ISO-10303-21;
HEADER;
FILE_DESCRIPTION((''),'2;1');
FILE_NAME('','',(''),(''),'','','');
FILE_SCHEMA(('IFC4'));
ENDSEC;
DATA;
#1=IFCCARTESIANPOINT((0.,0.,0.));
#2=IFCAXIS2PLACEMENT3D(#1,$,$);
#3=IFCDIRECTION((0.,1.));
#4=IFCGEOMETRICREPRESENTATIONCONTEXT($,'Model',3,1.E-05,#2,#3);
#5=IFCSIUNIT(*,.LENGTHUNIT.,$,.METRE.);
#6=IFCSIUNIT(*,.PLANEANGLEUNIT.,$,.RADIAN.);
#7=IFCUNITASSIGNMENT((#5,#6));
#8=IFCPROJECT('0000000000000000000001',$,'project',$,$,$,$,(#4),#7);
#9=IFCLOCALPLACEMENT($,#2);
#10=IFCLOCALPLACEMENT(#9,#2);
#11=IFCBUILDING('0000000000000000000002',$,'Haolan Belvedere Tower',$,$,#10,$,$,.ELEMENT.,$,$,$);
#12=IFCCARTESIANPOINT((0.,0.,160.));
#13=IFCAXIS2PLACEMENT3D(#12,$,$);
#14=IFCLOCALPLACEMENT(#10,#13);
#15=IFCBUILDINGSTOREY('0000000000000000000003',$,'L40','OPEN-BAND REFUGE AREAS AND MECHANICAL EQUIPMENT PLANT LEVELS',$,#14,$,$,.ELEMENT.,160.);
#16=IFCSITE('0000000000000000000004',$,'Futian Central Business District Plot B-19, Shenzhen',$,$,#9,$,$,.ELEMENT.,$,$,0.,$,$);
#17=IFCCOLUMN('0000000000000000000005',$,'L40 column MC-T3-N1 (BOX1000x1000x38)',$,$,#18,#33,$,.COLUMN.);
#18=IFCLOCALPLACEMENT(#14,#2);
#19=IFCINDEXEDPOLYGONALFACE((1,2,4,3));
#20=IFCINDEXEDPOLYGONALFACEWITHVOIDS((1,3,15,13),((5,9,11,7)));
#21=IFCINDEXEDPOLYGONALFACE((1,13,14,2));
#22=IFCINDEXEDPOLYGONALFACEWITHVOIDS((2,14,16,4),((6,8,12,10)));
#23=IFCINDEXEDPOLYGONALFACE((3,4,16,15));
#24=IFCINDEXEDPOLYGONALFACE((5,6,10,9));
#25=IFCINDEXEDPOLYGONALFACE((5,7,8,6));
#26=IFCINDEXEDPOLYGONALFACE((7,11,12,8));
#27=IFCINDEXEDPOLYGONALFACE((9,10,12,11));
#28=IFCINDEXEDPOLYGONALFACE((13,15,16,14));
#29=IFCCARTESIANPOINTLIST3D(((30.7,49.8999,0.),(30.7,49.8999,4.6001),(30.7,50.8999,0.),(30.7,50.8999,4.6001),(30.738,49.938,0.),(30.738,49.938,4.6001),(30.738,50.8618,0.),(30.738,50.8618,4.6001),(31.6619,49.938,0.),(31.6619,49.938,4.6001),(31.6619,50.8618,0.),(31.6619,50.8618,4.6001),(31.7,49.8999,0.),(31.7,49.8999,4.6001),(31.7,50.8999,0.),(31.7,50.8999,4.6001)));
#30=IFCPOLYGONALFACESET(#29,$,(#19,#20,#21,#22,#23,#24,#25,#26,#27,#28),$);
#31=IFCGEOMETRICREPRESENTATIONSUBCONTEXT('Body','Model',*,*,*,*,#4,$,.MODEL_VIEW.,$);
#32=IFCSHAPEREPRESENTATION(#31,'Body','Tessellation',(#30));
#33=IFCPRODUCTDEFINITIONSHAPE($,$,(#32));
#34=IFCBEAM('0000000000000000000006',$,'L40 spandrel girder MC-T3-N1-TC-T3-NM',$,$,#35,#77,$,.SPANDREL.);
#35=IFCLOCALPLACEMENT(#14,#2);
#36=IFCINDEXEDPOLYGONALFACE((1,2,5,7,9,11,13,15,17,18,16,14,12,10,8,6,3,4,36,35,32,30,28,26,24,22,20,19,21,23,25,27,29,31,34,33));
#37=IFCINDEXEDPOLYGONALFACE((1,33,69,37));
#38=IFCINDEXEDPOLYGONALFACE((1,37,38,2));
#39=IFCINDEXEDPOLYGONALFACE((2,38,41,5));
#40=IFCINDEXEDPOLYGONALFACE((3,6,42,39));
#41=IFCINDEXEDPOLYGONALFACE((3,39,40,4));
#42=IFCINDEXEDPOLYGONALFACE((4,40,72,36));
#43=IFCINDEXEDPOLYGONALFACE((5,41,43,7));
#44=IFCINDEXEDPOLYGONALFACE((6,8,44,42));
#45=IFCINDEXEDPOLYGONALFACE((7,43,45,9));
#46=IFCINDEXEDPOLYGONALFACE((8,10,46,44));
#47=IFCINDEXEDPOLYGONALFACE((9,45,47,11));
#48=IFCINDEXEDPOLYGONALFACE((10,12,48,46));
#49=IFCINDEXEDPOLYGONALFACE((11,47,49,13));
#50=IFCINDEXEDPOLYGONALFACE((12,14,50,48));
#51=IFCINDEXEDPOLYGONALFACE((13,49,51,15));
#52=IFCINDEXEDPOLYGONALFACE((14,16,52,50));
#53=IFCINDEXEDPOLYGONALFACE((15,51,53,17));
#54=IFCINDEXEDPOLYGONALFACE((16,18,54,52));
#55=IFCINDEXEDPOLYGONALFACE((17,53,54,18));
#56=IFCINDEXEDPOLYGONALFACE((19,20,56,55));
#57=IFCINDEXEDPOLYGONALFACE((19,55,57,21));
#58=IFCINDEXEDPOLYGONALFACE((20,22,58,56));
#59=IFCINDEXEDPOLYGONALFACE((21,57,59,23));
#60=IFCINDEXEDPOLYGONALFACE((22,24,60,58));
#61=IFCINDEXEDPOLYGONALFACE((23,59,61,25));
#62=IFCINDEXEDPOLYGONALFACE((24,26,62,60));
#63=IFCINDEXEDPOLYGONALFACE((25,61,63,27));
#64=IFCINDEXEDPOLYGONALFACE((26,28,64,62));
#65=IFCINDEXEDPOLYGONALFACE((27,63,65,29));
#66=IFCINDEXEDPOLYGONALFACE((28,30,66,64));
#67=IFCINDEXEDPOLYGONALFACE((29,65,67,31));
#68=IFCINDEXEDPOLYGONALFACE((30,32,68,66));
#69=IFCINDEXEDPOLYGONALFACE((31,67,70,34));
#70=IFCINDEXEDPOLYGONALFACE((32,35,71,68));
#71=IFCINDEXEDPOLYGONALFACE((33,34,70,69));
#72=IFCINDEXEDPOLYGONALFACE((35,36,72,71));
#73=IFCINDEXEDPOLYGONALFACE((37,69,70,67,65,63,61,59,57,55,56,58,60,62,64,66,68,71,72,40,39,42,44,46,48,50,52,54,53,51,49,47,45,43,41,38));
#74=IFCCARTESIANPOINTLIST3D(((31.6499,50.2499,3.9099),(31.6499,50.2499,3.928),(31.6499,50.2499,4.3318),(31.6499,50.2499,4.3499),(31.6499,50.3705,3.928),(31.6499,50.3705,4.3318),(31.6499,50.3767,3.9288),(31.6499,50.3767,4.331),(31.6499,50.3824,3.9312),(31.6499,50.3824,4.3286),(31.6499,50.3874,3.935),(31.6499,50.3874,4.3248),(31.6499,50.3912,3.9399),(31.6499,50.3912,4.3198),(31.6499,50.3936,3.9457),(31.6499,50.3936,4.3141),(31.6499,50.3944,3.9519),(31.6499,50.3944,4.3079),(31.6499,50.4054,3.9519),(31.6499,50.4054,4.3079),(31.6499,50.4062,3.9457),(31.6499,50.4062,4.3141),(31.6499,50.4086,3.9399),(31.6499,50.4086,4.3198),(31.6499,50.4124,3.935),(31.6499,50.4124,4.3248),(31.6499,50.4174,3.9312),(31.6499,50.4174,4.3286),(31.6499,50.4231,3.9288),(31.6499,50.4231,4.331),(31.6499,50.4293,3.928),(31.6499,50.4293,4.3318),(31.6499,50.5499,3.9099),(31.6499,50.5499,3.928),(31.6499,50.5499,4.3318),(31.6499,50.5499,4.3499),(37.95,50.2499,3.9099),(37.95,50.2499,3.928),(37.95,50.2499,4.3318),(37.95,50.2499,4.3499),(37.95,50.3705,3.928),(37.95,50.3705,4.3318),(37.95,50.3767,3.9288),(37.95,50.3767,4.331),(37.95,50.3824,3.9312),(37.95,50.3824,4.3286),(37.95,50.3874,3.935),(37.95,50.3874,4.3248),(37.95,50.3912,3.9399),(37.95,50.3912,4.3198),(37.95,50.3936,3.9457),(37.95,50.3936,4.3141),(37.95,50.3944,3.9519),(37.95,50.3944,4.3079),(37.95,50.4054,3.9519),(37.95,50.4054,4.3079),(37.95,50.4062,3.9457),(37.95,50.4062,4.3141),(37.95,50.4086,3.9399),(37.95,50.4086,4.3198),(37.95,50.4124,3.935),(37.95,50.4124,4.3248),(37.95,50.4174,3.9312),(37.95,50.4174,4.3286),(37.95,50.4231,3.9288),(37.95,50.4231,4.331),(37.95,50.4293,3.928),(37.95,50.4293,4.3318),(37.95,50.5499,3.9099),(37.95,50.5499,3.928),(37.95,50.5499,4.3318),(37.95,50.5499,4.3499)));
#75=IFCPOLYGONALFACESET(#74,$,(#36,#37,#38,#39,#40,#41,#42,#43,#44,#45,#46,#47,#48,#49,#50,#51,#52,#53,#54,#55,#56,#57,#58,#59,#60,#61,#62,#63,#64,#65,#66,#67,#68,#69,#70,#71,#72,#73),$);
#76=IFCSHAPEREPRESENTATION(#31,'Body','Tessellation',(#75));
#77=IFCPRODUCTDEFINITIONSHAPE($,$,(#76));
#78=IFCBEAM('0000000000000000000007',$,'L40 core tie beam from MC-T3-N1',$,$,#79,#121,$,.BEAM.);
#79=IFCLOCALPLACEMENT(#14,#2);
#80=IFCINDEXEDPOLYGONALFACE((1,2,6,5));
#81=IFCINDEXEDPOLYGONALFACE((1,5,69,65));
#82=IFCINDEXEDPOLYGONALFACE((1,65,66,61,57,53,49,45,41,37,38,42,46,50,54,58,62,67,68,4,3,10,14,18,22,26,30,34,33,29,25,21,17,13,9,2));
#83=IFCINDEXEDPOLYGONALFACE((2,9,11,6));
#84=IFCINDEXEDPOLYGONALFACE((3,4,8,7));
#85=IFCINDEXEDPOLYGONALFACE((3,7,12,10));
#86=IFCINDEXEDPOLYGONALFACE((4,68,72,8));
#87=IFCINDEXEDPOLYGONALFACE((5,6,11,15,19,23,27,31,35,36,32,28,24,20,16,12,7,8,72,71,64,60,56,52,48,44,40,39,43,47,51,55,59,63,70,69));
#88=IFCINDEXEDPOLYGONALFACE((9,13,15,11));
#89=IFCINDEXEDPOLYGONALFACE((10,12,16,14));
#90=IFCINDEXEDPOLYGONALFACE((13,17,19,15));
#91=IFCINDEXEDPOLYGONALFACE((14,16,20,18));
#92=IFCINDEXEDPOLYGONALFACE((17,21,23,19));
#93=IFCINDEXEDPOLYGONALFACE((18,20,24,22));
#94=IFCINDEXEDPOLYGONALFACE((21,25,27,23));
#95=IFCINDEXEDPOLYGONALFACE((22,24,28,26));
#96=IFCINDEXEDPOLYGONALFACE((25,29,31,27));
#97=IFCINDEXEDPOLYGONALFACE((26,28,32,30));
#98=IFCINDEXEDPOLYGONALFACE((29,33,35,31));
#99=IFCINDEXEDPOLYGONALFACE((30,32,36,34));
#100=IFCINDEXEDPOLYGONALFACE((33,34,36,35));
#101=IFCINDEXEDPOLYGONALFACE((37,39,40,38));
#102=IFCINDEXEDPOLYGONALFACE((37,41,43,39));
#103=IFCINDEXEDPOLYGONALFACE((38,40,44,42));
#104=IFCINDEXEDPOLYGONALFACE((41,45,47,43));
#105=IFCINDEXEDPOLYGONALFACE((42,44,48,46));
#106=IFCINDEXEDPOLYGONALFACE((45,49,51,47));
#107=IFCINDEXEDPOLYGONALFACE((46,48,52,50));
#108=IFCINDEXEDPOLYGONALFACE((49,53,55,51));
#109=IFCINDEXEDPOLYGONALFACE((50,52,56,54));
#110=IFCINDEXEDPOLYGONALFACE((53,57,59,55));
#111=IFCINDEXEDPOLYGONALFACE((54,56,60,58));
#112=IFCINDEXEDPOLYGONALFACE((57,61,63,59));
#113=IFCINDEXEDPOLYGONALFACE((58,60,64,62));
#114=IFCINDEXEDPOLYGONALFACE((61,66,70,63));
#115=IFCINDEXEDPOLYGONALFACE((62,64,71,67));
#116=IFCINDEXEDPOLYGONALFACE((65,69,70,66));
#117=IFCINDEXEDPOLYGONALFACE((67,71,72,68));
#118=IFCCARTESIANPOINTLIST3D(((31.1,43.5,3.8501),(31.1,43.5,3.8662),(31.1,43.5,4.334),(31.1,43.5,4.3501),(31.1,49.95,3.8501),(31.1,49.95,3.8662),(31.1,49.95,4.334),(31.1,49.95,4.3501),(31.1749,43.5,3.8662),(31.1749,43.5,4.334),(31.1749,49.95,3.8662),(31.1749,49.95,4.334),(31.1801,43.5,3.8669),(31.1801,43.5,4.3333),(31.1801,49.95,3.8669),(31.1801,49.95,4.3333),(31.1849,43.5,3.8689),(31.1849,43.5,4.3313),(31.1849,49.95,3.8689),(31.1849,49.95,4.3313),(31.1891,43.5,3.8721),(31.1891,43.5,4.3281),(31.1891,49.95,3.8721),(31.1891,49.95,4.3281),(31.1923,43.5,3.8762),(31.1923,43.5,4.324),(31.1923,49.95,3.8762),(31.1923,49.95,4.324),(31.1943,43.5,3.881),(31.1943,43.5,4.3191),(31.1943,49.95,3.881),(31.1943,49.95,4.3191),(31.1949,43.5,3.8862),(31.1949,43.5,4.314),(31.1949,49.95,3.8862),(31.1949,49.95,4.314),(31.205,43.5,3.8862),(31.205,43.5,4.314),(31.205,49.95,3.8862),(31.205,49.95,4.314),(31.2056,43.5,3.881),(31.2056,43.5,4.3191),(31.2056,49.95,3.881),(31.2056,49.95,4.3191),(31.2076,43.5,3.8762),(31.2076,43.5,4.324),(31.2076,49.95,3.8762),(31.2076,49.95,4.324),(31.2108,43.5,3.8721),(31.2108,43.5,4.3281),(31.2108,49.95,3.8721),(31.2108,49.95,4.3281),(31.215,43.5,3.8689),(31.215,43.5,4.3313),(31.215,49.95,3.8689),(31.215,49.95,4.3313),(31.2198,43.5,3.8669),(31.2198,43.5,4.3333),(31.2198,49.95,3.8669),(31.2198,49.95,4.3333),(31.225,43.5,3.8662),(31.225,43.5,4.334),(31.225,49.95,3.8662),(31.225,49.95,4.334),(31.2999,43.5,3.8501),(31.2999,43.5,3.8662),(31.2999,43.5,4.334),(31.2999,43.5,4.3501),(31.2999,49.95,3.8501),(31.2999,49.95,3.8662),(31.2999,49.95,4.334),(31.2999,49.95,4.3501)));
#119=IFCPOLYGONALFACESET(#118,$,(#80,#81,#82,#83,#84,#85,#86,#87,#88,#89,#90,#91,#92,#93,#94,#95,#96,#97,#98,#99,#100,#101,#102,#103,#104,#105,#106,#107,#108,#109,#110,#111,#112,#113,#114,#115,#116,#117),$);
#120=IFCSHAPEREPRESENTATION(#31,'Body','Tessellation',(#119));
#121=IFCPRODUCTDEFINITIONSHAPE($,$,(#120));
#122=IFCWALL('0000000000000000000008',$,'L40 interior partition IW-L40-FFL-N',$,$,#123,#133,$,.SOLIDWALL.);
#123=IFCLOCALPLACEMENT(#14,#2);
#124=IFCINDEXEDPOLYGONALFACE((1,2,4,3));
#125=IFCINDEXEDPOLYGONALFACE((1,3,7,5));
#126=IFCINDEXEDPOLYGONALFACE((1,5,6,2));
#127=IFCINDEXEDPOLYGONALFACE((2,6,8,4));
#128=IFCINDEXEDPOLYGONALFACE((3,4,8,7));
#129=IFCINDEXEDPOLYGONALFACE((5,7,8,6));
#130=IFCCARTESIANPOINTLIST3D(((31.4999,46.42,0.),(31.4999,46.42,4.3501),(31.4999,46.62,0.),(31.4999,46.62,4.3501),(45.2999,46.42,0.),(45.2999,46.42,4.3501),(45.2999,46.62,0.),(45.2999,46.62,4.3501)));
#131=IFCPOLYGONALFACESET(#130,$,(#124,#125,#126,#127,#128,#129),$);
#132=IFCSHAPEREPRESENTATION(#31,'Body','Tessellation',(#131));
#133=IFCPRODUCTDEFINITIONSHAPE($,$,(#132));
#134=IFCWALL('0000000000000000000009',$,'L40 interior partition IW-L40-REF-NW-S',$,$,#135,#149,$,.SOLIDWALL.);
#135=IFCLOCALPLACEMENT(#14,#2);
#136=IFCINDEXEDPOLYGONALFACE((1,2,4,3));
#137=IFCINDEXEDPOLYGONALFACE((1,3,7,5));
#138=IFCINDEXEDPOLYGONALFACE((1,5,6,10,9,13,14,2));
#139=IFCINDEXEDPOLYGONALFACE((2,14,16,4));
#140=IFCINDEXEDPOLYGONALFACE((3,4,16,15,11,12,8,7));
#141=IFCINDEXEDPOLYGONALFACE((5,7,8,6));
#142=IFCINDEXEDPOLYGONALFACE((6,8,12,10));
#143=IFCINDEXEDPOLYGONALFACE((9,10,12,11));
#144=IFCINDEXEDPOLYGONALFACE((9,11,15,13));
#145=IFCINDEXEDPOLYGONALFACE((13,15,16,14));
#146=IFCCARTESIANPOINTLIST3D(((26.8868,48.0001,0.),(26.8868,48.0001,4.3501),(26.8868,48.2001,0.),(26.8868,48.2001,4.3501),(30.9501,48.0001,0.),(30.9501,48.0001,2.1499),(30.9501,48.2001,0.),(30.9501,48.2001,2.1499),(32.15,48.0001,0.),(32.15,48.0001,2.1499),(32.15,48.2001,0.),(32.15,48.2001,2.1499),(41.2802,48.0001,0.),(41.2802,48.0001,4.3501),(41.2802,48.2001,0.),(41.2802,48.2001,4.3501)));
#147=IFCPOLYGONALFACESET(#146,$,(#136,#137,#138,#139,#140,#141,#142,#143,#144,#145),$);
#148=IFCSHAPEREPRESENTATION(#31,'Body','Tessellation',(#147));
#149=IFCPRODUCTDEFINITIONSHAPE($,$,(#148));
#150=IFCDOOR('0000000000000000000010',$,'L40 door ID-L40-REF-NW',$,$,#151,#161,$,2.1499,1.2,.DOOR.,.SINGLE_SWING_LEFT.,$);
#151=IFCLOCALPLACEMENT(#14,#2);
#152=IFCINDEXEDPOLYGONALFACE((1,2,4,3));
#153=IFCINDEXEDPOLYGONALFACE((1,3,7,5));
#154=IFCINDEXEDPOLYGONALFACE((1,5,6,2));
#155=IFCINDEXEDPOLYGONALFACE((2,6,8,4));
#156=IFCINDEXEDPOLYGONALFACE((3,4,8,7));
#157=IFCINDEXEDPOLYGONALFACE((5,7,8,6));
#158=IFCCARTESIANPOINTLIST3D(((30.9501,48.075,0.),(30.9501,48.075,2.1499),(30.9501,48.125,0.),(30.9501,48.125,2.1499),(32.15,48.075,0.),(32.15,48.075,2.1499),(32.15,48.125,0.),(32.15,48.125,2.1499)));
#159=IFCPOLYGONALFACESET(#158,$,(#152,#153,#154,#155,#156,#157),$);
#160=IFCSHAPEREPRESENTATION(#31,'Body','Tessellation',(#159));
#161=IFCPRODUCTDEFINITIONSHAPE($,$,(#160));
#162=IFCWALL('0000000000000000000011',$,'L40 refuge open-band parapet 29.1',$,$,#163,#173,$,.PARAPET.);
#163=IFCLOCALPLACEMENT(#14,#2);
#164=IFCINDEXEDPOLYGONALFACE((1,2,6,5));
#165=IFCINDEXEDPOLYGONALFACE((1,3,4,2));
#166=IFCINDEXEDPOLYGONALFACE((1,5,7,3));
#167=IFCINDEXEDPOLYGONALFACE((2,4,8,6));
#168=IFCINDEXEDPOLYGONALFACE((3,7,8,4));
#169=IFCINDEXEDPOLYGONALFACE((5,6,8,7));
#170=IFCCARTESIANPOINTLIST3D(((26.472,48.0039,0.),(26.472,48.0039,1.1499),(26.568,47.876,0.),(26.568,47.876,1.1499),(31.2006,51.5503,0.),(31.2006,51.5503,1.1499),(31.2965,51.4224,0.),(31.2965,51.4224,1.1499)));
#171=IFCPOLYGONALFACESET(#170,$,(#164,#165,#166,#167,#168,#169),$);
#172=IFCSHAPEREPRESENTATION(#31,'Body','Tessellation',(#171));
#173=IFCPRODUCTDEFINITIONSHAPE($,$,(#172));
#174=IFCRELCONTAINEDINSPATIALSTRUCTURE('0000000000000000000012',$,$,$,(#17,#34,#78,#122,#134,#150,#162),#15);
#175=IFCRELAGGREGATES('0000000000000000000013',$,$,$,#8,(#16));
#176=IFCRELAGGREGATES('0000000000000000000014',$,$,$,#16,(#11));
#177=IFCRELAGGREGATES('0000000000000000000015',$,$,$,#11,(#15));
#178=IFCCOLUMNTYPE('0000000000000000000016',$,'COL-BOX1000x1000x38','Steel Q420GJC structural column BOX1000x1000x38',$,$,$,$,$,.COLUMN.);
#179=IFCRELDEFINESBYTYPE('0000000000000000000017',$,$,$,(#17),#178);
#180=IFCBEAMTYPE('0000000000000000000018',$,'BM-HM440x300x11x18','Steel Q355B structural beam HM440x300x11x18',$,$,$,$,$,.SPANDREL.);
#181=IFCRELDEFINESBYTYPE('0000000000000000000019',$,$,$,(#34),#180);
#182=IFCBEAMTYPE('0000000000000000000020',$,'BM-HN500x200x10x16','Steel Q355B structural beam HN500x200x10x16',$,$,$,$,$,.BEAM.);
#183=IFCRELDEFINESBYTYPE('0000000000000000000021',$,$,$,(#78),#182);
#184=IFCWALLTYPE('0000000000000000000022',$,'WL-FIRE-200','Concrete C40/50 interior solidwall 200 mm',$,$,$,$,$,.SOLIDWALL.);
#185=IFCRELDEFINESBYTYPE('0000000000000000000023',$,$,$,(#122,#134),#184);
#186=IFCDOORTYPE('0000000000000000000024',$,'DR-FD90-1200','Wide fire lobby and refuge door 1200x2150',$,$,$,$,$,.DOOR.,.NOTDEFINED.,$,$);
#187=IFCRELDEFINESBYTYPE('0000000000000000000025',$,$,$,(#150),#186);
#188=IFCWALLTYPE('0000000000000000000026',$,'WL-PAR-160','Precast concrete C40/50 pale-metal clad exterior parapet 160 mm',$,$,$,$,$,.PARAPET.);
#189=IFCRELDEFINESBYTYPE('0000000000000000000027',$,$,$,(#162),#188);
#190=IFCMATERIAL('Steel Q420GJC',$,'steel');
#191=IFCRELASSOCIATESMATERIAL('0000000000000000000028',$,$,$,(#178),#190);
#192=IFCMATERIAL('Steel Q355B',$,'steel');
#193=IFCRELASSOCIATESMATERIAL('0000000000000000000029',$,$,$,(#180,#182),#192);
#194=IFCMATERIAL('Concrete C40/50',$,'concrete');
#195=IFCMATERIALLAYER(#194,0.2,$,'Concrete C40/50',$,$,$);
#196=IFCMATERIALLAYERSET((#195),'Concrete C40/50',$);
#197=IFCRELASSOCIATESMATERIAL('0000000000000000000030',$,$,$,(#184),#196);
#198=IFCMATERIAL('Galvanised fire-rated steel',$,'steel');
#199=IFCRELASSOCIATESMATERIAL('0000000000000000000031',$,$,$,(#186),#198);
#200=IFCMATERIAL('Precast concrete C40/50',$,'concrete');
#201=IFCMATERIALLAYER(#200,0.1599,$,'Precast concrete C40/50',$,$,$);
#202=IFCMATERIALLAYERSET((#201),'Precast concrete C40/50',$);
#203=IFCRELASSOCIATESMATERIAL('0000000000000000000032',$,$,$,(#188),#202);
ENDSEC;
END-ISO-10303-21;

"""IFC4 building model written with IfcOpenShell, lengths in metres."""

from ifc_helpers import new_model, si_unit, direction, frame, frame_2d, origin, origin_2d, place, context, subcontext, project, spatial, rectangle, hollow_rectangle, i_section, extrude, material, layer, layer_set, material_profile, profile_set, type_object, element, fill, save


model = new_model("IFC4")

# Units and contexts
model_context = context("Model", 3, precision=1e-05, world=origin(), true_north=direction((0.0, 1.0)))
body_context = subcontext(model_context, "Body", "Model", "MODEL_VIEW")
ifc_project = project(units=[si_unit("LENGTHUNIT", "METRE"), si_unit("PLANEANGLEUNIT", "RADIAN")], contexts=[model_context])

# Site, building, storey
site_placement = place(None, origin())
site = spatial("IfcSite", under=ifc_project, at=site_placement, Name="Futian Central Business District Plot B-19, Shenzhen", CompositionType="ELEMENT", RefElevation=0.0)
building_placement = place(site_placement, origin())
building = spatial("IfcBuilding", under=site, at=building_placement, Name="Haolan Belvedere Tower", CompositionType="ELEMENT")
storey_placement = place(building_placement, frame((0.0, 0.0, 160.0)))
storey = spatial("IfcBuildingStorey", under=building, at=storey_placement, Name="L40", Description="OPEN-BAND REFUGE AREAS AND MECHANICAL EQUIPMENT PLANT LEVELS", CompositionType="ELEMENT", Elevation=160.0)

# Column
ifc_material_1 = material(Name="Steel Q420GJC", Category="steel")
ifc_material_profile_1 = material_profile(ifc_material_1, hollow_rectangle(XDim=1.0, YDim=1.0, WallThickness=0.0381, at=origin_2d()), Name="Steel Q420GJC")
ifc_profile_set_1 = profile_set([ifc_material_profile_1], Name="Steel Q420GJC")
column_type = type_object("IfcColumnType", Name="COL-BOX1000x1000x38", Description="Steel Q420GJC structural column BOX1000x1000x38", PredefinedType="COLUMN", material=ifc_profile_set_1)
column_placement = place(storey_placement, frame((31.2, 50.3999, 0.0), z_axis=(0.0, 0.0, 1.0), x_axis=(1.0, 0.0, 0.0)))
element("IfcColumn", 1, at=column_placement, inside=storey, type_object=column_type, Name="L40 column MC-T3-N1 (BOX1000x1000x38)", PredefinedType="COLUMN", context=body_context, shape_type="SweptSolid", body=[
    extrude(hollow_rectangle(XDim=1.0, YDim=1.0, WallThickness=0.0381, at=origin_2d()), origin(), (0.0, 0.0, 1.0), 4.6001),
])

# Beams
ifc_material_2 = material(Name="Steel Q355B", Category="steel")
ifc_material_profile_2 = material_profile(ifc_material_2, i_section(OverallWidth=0.3, OverallDepth=0.4399, WebThickness=0.011, FlangeThickness=0.0181, FilletRadius=0.0239, at=origin_2d()), Name="Steel Q355B")
ifc_profile_set_2 = profile_set([ifc_material_profile_2], Name="Steel Q355B")
beam_type_1 = type_object("IfcBeamType", Name="BM-HM440x300x11x18", Description="Steel Q355B structural beam HM440x300x11x18", PredefinedType="SPANDREL", material=ifc_profile_set_2)
beam_1_placement = place(storey_placement, frame((31.6499, 50.3999, 4.1299), z_axis=(1.0, 0.0, 0.0), x_axis=(0.0, 1.0, 0.0)))
element("IfcBeam", 2, at=beam_1_placement, inside=storey, type_object=beam_type_1, Name="L40 spandrel girder MC-T3-N1-TC-T3-NM", PredefinedType="SPANDREL", context=body_context, shape_type="SweptSolid", body=[
    extrude(i_section(OverallWidth=0.3, OverallDepth=0.4399, WebThickness=0.011, FlangeThickness=0.0181, FilletRadius=0.0239, at=origin_2d()), origin(), (0.0, 0.0, 1.0), 6.3),
])
ifc_material_profile_3 = material_profile(ifc_material_2, i_section(OverallWidth=0.2, OverallDepth=0.5, WebThickness=0.01, FlangeThickness=0.0161, FilletRadius=0.02, at=origin_2d()), Name="Steel Q355B")
ifc_profile_set_3 = profile_set([ifc_material_profile_3], Name="Steel Q355B")
beam_type_2 = type_object("IfcBeamType", Name="BM-HN500x200x10x16", Description="Steel Q355B structural beam HN500x200x10x16", PredefinedType="BEAM", material=ifc_profile_set_3)
beam_2_placement = place(storey_placement, frame((31.2, 49.95, 4.1001), z_axis=(0.0, -1.0, 0.0), x_axis=(1.0, 0.0, 0.0)))
element("IfcBeam", 3, at=beam_2_placement, inside=storey, type_object=beam_type_2, Name="L40 core tie beam from MC-T3-N1", PredefinedType="BEAM", context=body_context, shape_type="SweptSolid", body=[
    extrude(i_section(OverallWidth=0.2, OverallDepth=0.5, WebThickness=0.01, FlangeThickness=0.0161, FilletRadius=0.02, at=origin_2d()), origin(), (0.0, 0.0, 1.0), 6.45),
])

# Wall
ifc_material_3 = material(Name="Concrete C40/50", Category="concrete")
ifc_layer_1 = layer(ifc_material_3, 0.2, Name="Concrete C40/50")
ifc_layer_set_1 = layer_set([ifc_layer_1], Name="Concrete C40/50")
wall_type_1 = type_object("IfcWallType", Name="WL-FIRE-200", Description="Concrete C40/50 interior solidwall 200 mm", PredefinedType="SOLIDWALL", material=ifc_layer_set_1)
wall_1_placement = place(storey_placement, frame((31.5, 46.52, 0.0), z_axis=(0.0, 0.0, 1.0), x_axis=(1.0, 0.0, 0.0)))
element("IfcWall", 4, at=wall_1_placement, inside=storey, type_object=wall_type_1, Name="L40 interior partition IW-L40-FFL-N", PredefinedType="SOLIDWALL", context=body_context, shape_type="SweptSolid", body=[
    extrude(rectangle(XDim=13.8, YDim=0.2, at=frame_2d((6.8999, 0.0))), origin(), (0.0, 0.0, 1.0), 4.3501),
])

# Wall, opening, door
wall_2_placement = place(storey_placement, frame((26.8867, 48.1001, 0.0), z_axis=(0.0, 0.0, 1.0), x_axis=(1.0, 0.0, 0.0)))
wall_2 = element("IfcWall", 5, at=wall_2_placement, inside=storey, type_object=wall_type_1, Name="L40 interior partition IW-L40-REF-NW-S", PredefinedType="SOLIDWALL", context=body_context, shape_type="SweptSolid", body=[
    extrude(rectangle(XDim=14.3933, YDim=0.2, at=frame_2d((7.1968, 0.0))), origin(), (0.0, 0.0, 1.0), 4.3501),
])
opening_placement = place(wall_2_placement, frame((4.0632, 0.0, 0.0)))
opening = element("IfcOpeningElement", 6, at=opening_placement, cuts=wall_2, PredefinedType="OPENING", context=body_context, shape_type="SweptSolid", body=[
    extrude(rectangle(XDim=1.2, YDim=2.1499, at=frame_2d((0.6001, 1.075))), frame((0.0, 0.1099, 0.0), z_axis=(0.0, -1.0, 0.0), x_axis=(1.0, 0.0, 0.0)), (0.0, 0.0, 1.0), 0.22),
])
ifc_material_4 = material(Name="Galvanised fire-rated steel", Category="steel")
door_type = type_object("IfcDoorType", Name="DR-FD90-1200", Description="Wide fire lobby and refuge door 1200x2150", OperationType="NOTDEFINED", PredefinedType="DOOR", material=ifc_material_4)
door_placement = place(opening_placement, origin())
door = element("IfcDoor", 7, at=door_placement, inside=storey, type_object=door_type, Name="L40 door ID-L40-REF-NW", OperationType="SINGLE_SWING_LEFT", OverallHeight=2.1499, OverallWidth=1.2, PredefinedType="DOOR", context=body_context, shape_type="SweptSolid", body=[
    extrude(rectangle(XDim=1.2, YDim=2.1499, at=frame_2d((0.6001, 1.075))), frame((0.0, 0.0249, 0.0), z_axis=(0.0, -1.0, 0.0), x_axis=(1.0, 0.0, 0.0)), (0.0, 0.0, 1.0), 0.05),
])
fill(opening, door)

# Wall
ifc_material_5 = material(Name="Precast concrete C40/50", Category="concrete")
ifc_layer_2 = layer(ifc_material_5, 0.1599, Name="Precast concrete C40/50")
ifc_layer_set_2 = layer_set([ifc_layer_2], Name="Precast concrete C40/50")
wall_type_2 = type_object("IfcWallType", Name="WL-PAR-160", Description="Precast concrete C40/50 pale-metal clad exterior parapet 160 mm", PredefinedType="PARAPET", material=ifc_layer_set_2)
wall_3_placement = place(storey_placement, frame((31.2485, 51.4863, 0.0), z_axis=(0.0, 0.0, 1.0), x_axis=(-0.8, -0.6, 0.0)))
element("IfcWall", 8, at=wall_3_placement, inside=storey, type_object=wall_type_2, Name="L40 refuge open-band parapet 29.1", PredefinedType="PARAPET", context=body_context, shape_type="SweptSolid", body=[
    extrude(rectangle(XDim=5.9106, YDim=0.1599, at=frame_2d((2.9553, 0.0))), origin(), (0.0, 0.0, 1.0), 1.1499),
])

save(model, "model.ifc")
